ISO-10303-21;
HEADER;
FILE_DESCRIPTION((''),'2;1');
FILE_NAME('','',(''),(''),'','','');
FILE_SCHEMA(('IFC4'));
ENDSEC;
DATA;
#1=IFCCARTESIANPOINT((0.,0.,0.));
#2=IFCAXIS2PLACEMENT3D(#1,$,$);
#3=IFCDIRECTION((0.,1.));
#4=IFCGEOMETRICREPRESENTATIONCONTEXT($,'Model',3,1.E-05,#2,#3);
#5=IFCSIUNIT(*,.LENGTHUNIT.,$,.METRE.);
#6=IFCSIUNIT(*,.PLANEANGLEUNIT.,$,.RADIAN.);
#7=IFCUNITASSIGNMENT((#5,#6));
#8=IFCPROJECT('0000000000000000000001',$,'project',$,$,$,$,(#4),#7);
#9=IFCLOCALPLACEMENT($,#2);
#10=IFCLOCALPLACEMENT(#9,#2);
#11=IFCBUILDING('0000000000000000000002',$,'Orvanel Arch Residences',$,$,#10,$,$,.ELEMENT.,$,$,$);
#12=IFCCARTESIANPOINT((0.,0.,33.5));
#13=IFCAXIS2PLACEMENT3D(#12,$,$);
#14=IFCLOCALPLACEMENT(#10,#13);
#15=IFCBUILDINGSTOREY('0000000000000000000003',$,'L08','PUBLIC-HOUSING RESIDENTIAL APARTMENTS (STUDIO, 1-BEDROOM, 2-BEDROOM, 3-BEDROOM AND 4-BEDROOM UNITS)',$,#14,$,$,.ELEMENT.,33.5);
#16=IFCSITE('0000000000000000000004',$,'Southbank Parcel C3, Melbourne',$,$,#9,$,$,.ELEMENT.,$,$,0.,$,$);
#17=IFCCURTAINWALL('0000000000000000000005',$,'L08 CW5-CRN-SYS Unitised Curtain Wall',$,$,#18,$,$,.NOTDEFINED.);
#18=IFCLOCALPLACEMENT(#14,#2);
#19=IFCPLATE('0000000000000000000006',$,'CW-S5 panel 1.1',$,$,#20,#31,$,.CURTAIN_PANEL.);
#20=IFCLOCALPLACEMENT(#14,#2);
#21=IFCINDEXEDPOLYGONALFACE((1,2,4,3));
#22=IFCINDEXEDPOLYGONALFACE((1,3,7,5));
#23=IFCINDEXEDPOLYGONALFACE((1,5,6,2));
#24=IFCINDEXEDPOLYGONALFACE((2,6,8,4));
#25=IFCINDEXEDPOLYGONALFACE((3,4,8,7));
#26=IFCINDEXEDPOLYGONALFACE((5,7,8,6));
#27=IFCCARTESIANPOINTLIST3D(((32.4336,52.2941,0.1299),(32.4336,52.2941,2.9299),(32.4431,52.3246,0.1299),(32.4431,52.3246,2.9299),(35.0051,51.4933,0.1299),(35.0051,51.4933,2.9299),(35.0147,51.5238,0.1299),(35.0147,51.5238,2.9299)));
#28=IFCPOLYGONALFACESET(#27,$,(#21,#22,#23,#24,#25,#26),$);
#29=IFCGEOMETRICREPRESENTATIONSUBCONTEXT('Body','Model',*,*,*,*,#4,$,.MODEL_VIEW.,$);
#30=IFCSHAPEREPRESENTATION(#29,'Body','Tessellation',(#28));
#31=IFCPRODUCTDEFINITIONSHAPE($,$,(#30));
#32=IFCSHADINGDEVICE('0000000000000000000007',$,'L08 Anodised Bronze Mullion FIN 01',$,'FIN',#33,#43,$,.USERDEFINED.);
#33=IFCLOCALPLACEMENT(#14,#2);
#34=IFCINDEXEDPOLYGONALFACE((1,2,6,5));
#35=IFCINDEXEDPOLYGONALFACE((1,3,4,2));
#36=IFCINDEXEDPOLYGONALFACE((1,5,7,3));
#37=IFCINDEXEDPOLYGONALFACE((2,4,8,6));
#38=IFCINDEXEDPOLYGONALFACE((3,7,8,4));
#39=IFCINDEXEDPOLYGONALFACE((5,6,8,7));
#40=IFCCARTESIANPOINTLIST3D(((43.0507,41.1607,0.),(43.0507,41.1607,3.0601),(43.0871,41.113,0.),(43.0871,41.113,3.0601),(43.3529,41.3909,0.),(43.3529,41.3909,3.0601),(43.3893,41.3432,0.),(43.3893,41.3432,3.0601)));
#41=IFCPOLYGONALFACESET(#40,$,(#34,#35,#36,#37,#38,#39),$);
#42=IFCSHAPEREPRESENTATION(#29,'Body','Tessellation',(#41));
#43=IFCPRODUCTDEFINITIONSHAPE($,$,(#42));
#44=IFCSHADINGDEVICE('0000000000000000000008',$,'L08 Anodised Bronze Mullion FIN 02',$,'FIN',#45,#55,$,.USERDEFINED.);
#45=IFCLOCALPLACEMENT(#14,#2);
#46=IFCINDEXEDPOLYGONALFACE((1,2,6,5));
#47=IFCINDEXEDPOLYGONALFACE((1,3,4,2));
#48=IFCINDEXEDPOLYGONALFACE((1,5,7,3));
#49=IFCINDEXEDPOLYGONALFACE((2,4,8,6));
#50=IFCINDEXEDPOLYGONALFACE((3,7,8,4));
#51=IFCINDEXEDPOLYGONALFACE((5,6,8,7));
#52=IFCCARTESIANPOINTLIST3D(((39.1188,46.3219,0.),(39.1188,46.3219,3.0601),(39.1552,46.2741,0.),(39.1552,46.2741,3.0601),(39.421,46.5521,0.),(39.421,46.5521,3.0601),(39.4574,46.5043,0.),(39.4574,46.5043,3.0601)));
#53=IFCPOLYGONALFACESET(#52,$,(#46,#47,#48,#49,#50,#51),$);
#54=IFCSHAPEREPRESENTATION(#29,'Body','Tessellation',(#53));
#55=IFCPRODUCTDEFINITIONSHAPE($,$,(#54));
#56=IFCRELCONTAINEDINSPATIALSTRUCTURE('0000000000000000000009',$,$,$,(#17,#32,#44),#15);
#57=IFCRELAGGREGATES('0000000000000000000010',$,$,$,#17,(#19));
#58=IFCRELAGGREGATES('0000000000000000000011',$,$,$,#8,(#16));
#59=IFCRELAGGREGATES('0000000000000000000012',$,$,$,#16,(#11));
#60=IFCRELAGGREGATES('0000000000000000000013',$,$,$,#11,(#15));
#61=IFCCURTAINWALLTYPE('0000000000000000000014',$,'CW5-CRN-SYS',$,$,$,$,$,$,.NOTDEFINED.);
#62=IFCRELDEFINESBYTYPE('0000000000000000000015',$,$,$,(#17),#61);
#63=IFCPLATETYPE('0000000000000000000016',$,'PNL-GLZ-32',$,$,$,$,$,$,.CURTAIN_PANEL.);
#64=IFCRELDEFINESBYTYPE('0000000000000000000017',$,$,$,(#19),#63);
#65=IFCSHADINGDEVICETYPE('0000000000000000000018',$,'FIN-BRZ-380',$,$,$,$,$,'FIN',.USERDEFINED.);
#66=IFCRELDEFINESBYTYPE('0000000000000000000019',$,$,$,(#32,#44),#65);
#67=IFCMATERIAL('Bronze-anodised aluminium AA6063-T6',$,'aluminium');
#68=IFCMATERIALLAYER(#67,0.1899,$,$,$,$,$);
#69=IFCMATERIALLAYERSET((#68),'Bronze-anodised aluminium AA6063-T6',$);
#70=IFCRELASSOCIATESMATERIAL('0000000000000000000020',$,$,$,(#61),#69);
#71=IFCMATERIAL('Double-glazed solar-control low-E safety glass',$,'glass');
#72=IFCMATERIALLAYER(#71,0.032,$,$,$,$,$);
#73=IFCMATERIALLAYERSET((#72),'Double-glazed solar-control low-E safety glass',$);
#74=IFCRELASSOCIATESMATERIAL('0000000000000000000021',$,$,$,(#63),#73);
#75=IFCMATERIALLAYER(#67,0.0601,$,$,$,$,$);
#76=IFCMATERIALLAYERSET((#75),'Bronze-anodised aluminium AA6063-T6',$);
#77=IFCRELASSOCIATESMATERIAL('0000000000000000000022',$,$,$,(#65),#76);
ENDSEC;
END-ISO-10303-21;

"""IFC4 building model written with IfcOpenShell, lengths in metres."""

from ifc_helpers import new_model, si_unit, direction, frame, origin, origin_2d, place, context, subcontext, project, spatial, rectangle, extrude, material, layer, layer_set, type_object, element, aggregate, save


model = new_model("IFC4")

# Units and contexts
model_context = context("Model", 3, precision=1e-05, world=origin(), true_north=direction((0.0, 1.0)))
body_context = subcontext(model_context, "Body", "Model", "MODEL_VIEW")
ifc_project = project(units=[si_unit("LENGTHUNIT", "METRE"), si_unit("PLANEANGLEUNIT", "RADIAN")], contexts=[model_context])

# Site, building, storey
site_placement = place(None, origin())
site = spatial("IfcSite", under=ifc_project, at=site_placement, Name="Southbank Parcel C3, Melbourne", CompositionType="ELEMENT", RefElevation=0.0)
building_placement = place(site_placement, origin())
building = spatial("IfcBuilding", under=site, at=building_placement, Name="Orvanel Arch Residences", CompositionType="ELEMENT")
storey_placement = place(building_placement, frame((0.0, 0.0, 33.5)))
storey = spatial("IfcBuildingStorey", under=building, at=storey_placement, Name="L08", Description="PUBLIC-HOUSING RESIDENTIAL APARTMENTS (STUDIO, 1-BEDROOM, 2-BEDROOM, 3-BEDROOM AND 4-BEDROOM UNITS)", CompositionType="ELEMENT", Elevation=33.5)

# Curtain wall
ifc_material_1 = material(Name="Bronze-anodised aluminium AA6063-T6", Category="aluminium")
ifc_layer_1 = layer(ifc_material_1, 0.1899)
ifc_layer_set_1 = layer_set([ifc_layer_1], Name="Bronze-anodised aluminium AA6063-T6")
curtain_wall_type_1 = type_object("IfcCurtainWallType", Name="CW5-CRN-SYS", PredefinedType="NOTDEFINED", material=ifc_layer_set_1)
curtain_wall_1_placement = place(storey_placement, origin())
curtain_wall_1 = element("IfcCurtainWall", 1, at=curtain_wall_1_placement, inside=storey, type_object=curtain_wall_type_1, Name="L08 CW5-CRN-SYS Unitised Curtain Wall", PredefinedType="NOTDEFINED")

# Plate
ifc_material_2 = material(Name="Double-glazed solar-control low-E safety glass", Category="glass")
ifc_layer_2 = layer(ifc_material_2, 0.032)
ifc_layer_set_2 = layer_set([ifc_layer_2], Name="Double-glazed solar-control low-E safety glass")
plate_type_1 = type_object("IfcPlateType", Name="PNL-GLZ-32", PredefinedType="CURTAIN_PANEL", material=ifc_layer_set_2)
plate_1_placement = place(storey_placement, frame((33.7241, 51.9089, 0.1299), z_axis=(0.0, 0.0, 1.0), x_axis=(-0.954777, 0.297324, 0.0)))
plate_1 = element("IfcPlate", 2, at=plate_1_placement, type_object=plate_type_1, Name="CW-S5 panel 1.1", PredefinedType="CURTAIN_PANEL", context=body_context, shape_type="SweptSolid", body=[
    extrude(rectangle(XDim=2.6934, YDim=0.032, at=origin_2d()), origin(), (0.0, 0.0, 1.0), 2.8),
])
aggregate(curtain_wall_1, [plate_1])

# Shading devices
ifc_layer_3 = layer(ifc_material_1, 0.0601)
ifc_layer_set_3 = layer_set([ifc_layer_3], Name="Bronze-anodised aluminium AA6063-T6")
shading_device_type = type_object("IfcShadingDeviceType", Name="FIN-BRZ-380", ElementType="FIN", PredefinedType="USERDEFINED", material=ifc_layer_set_3)
for number, where, z_axis, x_axis, name in (
    (3, (43.22, 41.252, 0.0), (0.0, 0.0, 1.0), (0.795473, 0.605988, 0.0), "L08 Anodised Bronze Mullion FIN 01"),
    (4, (39.2881, 46.4131, 0.0), (0.0, 0.0, 1.0), (0.795473, 0.605988, 0.0), "L08 Anodised Bronze Mullion FIN 02"),
):
    element("IfcShadingDevice", number, at=place(storey_placement, frame(where, z_axis=z_axis, x_axis=x_axis)), inside=storey, type_object=shading_device_type, Name=name, ObjectType="FIN", PredefinedType="USERDEFINED", context=body_context, shape_type="SweptSolid", body=[
        extrude(rectangle(XDim=0.3799, YDim=0.0601, at=origin_2d()), origin(), (0.0, 0.0, 1.0), 3.0601),
    ])

save(model, "model.ifc")
